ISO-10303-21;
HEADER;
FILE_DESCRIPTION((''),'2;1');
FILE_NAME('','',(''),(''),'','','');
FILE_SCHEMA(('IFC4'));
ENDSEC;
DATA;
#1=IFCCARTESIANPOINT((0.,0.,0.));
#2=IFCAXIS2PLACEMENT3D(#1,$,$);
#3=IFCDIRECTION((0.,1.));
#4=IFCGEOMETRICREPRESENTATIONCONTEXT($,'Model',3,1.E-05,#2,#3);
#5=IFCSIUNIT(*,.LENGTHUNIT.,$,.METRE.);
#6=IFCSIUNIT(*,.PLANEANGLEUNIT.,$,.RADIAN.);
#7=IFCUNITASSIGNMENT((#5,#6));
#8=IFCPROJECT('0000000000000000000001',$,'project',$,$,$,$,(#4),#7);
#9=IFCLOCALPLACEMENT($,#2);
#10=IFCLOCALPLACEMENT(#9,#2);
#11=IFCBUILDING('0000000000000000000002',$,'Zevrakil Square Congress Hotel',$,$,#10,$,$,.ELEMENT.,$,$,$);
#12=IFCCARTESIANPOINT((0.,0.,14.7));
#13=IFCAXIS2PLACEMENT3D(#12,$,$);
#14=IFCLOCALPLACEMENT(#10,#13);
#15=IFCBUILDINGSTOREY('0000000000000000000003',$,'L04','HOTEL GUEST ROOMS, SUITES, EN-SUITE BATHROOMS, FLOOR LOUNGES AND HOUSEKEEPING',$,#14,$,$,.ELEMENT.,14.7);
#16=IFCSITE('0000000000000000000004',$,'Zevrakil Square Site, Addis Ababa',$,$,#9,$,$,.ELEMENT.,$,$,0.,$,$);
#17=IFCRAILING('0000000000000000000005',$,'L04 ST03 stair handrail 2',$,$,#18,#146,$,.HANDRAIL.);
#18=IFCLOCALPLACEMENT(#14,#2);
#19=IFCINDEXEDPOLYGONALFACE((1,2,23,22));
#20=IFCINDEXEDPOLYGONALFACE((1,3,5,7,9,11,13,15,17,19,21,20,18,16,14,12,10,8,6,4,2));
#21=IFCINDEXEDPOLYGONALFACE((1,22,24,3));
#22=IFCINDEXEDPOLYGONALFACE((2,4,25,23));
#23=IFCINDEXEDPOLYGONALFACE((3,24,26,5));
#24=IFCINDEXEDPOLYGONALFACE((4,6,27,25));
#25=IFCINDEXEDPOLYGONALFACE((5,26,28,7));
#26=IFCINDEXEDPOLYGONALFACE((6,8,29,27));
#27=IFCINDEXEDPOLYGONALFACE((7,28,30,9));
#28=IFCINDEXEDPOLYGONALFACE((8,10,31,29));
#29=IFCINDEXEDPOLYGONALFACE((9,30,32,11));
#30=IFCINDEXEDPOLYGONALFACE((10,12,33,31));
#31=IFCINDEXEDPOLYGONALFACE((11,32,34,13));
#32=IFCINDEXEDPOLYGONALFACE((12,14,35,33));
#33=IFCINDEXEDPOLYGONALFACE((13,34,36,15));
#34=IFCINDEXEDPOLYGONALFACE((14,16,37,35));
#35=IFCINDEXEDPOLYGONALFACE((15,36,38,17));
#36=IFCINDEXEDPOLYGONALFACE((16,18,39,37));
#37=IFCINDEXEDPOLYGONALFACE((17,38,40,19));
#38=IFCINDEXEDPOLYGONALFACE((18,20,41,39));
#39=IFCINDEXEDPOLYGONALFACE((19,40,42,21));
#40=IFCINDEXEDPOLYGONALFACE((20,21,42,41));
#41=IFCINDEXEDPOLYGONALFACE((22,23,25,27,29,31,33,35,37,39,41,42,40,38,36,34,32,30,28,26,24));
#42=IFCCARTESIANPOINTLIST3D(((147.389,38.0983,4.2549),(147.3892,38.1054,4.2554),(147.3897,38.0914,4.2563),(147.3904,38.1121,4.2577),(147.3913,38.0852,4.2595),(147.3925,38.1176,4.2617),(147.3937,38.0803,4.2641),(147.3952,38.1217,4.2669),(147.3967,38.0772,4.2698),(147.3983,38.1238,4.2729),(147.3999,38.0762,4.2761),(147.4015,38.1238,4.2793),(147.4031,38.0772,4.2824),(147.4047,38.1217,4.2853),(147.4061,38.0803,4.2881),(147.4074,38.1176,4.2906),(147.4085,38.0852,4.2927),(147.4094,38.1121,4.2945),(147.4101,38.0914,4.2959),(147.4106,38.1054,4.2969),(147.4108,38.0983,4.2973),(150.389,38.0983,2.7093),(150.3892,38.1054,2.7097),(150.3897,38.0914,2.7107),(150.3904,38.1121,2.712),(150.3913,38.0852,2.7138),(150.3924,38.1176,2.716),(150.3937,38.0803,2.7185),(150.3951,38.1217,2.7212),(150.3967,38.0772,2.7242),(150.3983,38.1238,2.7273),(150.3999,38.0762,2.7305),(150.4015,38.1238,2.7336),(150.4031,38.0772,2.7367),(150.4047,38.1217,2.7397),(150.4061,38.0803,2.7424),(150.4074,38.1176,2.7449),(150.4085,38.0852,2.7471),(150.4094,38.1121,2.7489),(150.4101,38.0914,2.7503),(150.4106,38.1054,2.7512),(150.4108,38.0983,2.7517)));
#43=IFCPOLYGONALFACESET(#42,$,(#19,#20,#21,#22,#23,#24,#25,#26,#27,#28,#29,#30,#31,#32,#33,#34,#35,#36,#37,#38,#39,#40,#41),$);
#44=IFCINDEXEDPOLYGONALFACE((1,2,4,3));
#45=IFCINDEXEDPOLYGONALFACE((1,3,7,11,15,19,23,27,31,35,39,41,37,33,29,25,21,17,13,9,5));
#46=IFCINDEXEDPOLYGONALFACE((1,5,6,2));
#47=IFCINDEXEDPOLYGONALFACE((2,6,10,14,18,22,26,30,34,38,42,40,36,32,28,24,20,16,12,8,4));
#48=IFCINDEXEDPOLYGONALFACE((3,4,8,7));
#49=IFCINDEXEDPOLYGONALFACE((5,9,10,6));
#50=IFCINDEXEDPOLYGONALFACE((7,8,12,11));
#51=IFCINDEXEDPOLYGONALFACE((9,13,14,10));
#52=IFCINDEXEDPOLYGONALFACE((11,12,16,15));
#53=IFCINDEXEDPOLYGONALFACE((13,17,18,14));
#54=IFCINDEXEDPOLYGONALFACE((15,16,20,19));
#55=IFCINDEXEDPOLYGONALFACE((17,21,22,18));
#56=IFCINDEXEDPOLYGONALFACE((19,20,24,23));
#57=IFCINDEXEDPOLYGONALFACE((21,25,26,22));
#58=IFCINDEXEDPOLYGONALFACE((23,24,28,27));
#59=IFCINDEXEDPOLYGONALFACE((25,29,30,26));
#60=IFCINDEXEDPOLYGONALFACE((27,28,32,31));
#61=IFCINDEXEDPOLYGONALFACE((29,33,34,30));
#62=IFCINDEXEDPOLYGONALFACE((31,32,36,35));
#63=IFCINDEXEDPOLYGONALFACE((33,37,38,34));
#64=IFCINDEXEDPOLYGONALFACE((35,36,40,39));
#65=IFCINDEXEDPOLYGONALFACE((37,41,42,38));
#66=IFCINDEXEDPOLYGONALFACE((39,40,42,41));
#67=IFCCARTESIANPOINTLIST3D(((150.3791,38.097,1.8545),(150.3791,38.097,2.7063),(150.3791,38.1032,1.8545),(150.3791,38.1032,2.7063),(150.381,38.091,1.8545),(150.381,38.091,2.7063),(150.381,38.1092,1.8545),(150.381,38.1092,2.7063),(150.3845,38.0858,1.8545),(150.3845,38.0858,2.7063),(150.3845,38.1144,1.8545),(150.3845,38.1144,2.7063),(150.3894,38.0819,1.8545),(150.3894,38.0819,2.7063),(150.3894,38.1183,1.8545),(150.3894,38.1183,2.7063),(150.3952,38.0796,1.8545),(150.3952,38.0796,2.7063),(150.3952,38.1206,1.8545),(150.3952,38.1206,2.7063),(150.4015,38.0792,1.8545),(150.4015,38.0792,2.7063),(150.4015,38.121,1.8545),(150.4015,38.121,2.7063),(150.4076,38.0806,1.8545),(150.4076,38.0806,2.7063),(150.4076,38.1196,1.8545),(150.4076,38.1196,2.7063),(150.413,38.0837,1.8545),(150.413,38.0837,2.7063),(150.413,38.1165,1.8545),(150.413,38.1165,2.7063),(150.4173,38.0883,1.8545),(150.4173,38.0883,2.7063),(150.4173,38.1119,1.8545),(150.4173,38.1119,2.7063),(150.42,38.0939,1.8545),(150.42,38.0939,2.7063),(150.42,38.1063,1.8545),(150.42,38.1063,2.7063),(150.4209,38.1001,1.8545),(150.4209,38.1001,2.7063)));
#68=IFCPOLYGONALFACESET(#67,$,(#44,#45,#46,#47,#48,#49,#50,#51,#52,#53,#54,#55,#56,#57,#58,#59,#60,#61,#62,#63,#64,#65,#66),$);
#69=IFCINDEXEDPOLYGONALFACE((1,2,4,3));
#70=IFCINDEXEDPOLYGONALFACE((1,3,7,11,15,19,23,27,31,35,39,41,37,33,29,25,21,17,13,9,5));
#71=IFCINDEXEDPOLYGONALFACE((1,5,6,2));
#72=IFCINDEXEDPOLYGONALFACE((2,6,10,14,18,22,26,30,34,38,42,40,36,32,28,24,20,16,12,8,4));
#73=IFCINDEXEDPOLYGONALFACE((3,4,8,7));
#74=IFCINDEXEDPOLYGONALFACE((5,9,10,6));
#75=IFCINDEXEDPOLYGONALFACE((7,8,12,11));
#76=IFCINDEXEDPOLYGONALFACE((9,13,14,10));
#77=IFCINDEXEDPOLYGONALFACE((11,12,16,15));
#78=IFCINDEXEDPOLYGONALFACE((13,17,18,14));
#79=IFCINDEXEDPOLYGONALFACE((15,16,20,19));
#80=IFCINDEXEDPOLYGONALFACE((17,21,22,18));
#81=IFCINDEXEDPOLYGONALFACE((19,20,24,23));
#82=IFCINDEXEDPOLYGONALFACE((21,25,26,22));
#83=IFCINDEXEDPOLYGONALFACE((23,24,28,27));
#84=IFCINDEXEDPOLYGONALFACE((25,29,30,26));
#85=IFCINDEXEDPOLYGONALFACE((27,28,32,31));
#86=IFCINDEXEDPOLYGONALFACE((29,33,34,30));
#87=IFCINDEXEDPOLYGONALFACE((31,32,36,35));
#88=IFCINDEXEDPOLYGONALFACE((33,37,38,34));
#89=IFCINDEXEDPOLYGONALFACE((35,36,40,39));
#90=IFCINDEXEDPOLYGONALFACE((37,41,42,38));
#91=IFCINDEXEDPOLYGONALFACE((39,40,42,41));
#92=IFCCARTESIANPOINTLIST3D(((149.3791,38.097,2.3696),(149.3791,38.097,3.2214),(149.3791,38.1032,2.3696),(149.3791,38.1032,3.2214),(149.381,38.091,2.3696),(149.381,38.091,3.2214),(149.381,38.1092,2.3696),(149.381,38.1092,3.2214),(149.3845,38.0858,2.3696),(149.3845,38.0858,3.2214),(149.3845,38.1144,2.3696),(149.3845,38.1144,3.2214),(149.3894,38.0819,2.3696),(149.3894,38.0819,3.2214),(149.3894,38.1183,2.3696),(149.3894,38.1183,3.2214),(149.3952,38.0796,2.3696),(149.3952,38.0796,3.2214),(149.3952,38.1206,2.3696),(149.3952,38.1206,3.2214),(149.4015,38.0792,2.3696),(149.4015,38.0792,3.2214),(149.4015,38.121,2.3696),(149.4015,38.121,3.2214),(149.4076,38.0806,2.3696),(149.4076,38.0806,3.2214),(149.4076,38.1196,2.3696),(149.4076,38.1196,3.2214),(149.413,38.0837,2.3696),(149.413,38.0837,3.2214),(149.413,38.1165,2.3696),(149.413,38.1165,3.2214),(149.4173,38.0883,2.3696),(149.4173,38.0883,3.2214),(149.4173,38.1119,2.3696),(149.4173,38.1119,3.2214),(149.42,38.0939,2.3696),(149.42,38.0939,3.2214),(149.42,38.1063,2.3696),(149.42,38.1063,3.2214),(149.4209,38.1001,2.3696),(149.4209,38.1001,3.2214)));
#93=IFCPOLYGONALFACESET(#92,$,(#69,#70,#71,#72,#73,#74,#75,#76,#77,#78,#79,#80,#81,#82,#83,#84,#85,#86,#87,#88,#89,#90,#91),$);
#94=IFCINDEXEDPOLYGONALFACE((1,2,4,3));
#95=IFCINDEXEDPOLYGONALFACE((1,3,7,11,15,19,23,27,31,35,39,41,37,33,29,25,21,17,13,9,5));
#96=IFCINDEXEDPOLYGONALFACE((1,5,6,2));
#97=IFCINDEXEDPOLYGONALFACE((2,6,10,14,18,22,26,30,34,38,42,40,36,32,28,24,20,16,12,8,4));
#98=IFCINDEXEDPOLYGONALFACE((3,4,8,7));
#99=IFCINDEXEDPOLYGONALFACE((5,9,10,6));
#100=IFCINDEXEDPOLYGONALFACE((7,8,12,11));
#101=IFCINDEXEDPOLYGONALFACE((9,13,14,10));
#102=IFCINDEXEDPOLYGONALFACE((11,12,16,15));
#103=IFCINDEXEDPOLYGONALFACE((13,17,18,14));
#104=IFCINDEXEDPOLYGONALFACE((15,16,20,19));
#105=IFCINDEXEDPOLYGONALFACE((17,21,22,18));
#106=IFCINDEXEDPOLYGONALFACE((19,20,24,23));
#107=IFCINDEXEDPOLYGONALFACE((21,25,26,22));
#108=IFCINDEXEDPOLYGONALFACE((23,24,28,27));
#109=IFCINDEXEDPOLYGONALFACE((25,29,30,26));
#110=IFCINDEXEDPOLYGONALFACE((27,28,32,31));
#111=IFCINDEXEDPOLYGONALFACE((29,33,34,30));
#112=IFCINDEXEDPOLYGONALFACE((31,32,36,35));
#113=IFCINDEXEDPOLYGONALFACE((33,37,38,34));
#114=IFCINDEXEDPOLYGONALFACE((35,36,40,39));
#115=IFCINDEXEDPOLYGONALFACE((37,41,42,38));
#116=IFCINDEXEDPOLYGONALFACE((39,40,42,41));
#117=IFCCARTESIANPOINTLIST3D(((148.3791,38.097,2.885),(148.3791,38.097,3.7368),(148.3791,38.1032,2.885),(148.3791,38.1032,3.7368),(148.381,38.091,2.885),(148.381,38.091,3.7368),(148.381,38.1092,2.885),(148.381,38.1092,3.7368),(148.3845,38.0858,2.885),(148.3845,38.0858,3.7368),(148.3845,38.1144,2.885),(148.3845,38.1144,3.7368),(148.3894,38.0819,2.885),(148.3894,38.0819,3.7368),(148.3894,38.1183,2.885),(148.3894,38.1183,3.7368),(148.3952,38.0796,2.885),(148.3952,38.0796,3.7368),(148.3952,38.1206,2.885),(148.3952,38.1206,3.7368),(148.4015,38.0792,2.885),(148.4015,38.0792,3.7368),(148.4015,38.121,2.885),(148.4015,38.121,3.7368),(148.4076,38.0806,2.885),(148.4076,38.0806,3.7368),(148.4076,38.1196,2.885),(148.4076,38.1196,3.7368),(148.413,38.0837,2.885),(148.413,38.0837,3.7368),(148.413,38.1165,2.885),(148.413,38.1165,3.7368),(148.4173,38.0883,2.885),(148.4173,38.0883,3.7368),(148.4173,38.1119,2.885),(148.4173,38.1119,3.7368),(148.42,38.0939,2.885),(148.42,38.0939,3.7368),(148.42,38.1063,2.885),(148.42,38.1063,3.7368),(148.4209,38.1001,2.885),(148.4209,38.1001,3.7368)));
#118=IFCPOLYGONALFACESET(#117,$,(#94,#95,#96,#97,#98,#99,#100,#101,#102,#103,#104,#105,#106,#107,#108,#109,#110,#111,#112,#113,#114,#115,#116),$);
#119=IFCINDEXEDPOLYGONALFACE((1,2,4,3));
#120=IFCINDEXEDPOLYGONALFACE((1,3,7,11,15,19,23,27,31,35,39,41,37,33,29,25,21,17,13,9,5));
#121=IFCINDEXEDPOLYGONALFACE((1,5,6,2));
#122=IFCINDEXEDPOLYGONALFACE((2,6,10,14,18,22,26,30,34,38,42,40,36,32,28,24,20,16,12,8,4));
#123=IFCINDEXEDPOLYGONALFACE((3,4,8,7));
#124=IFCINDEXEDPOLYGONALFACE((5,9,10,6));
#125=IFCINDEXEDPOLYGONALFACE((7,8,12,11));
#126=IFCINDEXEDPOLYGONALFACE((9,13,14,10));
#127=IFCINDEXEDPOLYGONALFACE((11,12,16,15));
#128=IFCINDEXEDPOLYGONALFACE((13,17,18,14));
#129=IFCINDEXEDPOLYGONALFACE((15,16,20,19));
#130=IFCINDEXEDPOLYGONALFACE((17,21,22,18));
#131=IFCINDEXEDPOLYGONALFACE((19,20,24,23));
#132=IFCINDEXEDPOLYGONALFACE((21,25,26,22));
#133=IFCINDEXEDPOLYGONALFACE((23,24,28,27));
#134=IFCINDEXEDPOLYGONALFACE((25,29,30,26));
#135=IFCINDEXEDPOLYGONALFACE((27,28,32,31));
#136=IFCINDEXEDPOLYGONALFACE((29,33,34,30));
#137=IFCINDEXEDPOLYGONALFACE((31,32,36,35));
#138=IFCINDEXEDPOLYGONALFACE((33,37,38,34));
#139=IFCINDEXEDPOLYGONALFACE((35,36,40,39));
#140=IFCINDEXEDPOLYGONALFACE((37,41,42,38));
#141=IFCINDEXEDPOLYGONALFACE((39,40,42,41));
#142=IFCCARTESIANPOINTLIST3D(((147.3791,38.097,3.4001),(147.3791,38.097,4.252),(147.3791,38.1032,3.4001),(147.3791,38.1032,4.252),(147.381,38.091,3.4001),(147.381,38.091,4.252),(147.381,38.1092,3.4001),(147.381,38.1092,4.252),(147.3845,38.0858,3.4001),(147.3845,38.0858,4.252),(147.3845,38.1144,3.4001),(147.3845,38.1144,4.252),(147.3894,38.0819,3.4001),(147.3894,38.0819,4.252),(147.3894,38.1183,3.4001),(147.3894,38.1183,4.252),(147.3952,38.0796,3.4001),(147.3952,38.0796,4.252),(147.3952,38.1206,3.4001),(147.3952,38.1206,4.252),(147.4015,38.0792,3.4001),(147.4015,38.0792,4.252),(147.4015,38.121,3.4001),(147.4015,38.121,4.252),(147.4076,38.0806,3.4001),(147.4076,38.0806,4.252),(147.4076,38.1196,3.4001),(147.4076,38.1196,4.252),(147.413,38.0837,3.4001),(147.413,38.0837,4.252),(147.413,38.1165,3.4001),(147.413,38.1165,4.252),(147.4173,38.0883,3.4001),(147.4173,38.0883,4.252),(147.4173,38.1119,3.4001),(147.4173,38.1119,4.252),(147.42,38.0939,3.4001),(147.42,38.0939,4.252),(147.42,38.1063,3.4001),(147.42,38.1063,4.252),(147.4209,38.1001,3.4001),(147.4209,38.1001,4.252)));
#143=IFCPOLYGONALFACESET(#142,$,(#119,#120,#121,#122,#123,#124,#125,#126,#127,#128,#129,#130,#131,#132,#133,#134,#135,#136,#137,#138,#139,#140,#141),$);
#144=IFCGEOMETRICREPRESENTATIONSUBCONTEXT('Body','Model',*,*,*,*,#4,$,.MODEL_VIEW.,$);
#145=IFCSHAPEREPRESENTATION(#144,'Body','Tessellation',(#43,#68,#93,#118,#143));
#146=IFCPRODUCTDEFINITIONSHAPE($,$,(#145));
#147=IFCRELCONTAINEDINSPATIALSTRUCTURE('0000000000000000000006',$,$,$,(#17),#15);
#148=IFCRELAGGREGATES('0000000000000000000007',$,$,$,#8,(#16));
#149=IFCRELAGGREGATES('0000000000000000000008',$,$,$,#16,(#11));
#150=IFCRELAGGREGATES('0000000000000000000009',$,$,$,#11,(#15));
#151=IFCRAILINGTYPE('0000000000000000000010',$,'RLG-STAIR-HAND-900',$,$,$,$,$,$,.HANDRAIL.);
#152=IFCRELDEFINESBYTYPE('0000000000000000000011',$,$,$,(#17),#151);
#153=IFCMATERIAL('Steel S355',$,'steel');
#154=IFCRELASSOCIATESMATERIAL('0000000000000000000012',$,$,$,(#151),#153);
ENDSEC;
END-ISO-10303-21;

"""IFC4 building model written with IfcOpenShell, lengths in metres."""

from ifc_helpers import new_model, si_unit, direction, frame, origin, origin_2d, place, context, subcontext, project, spatial, circle, extrude, material, type_object, element, save


model = new_model("IFC4")

# Units and contexts
model_context = context("Model", 3, precision=1e-05, world=origin(), true_north=direction((0.0, 1.0)))
body_context = subcontext(model_context, "Body", "Model", "MODEL_VIEW")
ifc_project = project(units=[si_unit("LENGTHUNIT", "METRE"), si_unit("PLANEANGLEUNIT", "RADIAN")], contexts=[model_context])

# Site, building, storey
site_placement = place(None, origin())
site = spatial("IfcSite", under=ifc_project, at=site_placement, Name="Zevrakil Square Site, Addis Ababa", CompositionType="ELEMENT", RefElevation=0.0)
building_placement = place(site_placement, origin())
building = spatial("IfcBuilding", under=site, at=building_placement, Name="Zevrakil Square Congress Hotel", CompositionType="ELEMENT")
storey_placement = place(building_placement, frame((0.0, 0.0, 14.7)))
storey = spatial("IfcBuildingStorey", under=building, at=storey_placement, Name="L04", Description="HOTEL GUEST ROOMS, SUITES, EN-SUITE BATHROOMS, FLOOR LOUNGES AND HOUSEKEEPING", CompositionType="ELEMENT", Elevation=14.7)

# Railing
ifc_material_1 = material(Name="Steel S355", Category="steel")
railing_type = type_object("IfcRailingType", Name="RLG-STAIR-HAND-900", PredefinedType="HANDRAIL", material=ifc_material_1)
railing_placement = place(storey_placement, frame((150.3999, 38.1001, 1.8545)))
element("IfcRailing", 1, at=railing_placement, inside=storey, type_object=railing_type, Name="L04 ST03 stair handrail 2", PredefinedType="HANDRAIL", context=body_context, shape_type="SweptSolid", body=[
    extrude(circle(Radius=0.0239, at=origin_2d()), frame((0.0, 0.0, 0.876), z_axis=(-0.88895, 0.0, 0.458003), x_axis=(0.0, -1.0, 0.0)), (0.0, 0.0, 1.0), 3.3748),
    extrude(circle(Radius=0.021, at=origin_2d()), origin(), (0.0, 0.0, 1.0), 0.8518),
    extrude(circle(Radius=0.021, at=origin_2d()), frame((-1.0, 0.0, 0.5151)), (0.0, 0.0, 1.0), 0.8518),
    extrude(circle(Radius=0.021, at=origin_2d()), frame((-2.0, 0.0, 1.0305)), (0.0, 0.0, 1.0), 0.8518),
    extrude(circle(Radius=0.021, at=origin_2d()), frame((-3.0, 0.0, 1.5457)), (0.0, 0.0, 1.0), 0.8518),
])

save(model, "model.ifc")
